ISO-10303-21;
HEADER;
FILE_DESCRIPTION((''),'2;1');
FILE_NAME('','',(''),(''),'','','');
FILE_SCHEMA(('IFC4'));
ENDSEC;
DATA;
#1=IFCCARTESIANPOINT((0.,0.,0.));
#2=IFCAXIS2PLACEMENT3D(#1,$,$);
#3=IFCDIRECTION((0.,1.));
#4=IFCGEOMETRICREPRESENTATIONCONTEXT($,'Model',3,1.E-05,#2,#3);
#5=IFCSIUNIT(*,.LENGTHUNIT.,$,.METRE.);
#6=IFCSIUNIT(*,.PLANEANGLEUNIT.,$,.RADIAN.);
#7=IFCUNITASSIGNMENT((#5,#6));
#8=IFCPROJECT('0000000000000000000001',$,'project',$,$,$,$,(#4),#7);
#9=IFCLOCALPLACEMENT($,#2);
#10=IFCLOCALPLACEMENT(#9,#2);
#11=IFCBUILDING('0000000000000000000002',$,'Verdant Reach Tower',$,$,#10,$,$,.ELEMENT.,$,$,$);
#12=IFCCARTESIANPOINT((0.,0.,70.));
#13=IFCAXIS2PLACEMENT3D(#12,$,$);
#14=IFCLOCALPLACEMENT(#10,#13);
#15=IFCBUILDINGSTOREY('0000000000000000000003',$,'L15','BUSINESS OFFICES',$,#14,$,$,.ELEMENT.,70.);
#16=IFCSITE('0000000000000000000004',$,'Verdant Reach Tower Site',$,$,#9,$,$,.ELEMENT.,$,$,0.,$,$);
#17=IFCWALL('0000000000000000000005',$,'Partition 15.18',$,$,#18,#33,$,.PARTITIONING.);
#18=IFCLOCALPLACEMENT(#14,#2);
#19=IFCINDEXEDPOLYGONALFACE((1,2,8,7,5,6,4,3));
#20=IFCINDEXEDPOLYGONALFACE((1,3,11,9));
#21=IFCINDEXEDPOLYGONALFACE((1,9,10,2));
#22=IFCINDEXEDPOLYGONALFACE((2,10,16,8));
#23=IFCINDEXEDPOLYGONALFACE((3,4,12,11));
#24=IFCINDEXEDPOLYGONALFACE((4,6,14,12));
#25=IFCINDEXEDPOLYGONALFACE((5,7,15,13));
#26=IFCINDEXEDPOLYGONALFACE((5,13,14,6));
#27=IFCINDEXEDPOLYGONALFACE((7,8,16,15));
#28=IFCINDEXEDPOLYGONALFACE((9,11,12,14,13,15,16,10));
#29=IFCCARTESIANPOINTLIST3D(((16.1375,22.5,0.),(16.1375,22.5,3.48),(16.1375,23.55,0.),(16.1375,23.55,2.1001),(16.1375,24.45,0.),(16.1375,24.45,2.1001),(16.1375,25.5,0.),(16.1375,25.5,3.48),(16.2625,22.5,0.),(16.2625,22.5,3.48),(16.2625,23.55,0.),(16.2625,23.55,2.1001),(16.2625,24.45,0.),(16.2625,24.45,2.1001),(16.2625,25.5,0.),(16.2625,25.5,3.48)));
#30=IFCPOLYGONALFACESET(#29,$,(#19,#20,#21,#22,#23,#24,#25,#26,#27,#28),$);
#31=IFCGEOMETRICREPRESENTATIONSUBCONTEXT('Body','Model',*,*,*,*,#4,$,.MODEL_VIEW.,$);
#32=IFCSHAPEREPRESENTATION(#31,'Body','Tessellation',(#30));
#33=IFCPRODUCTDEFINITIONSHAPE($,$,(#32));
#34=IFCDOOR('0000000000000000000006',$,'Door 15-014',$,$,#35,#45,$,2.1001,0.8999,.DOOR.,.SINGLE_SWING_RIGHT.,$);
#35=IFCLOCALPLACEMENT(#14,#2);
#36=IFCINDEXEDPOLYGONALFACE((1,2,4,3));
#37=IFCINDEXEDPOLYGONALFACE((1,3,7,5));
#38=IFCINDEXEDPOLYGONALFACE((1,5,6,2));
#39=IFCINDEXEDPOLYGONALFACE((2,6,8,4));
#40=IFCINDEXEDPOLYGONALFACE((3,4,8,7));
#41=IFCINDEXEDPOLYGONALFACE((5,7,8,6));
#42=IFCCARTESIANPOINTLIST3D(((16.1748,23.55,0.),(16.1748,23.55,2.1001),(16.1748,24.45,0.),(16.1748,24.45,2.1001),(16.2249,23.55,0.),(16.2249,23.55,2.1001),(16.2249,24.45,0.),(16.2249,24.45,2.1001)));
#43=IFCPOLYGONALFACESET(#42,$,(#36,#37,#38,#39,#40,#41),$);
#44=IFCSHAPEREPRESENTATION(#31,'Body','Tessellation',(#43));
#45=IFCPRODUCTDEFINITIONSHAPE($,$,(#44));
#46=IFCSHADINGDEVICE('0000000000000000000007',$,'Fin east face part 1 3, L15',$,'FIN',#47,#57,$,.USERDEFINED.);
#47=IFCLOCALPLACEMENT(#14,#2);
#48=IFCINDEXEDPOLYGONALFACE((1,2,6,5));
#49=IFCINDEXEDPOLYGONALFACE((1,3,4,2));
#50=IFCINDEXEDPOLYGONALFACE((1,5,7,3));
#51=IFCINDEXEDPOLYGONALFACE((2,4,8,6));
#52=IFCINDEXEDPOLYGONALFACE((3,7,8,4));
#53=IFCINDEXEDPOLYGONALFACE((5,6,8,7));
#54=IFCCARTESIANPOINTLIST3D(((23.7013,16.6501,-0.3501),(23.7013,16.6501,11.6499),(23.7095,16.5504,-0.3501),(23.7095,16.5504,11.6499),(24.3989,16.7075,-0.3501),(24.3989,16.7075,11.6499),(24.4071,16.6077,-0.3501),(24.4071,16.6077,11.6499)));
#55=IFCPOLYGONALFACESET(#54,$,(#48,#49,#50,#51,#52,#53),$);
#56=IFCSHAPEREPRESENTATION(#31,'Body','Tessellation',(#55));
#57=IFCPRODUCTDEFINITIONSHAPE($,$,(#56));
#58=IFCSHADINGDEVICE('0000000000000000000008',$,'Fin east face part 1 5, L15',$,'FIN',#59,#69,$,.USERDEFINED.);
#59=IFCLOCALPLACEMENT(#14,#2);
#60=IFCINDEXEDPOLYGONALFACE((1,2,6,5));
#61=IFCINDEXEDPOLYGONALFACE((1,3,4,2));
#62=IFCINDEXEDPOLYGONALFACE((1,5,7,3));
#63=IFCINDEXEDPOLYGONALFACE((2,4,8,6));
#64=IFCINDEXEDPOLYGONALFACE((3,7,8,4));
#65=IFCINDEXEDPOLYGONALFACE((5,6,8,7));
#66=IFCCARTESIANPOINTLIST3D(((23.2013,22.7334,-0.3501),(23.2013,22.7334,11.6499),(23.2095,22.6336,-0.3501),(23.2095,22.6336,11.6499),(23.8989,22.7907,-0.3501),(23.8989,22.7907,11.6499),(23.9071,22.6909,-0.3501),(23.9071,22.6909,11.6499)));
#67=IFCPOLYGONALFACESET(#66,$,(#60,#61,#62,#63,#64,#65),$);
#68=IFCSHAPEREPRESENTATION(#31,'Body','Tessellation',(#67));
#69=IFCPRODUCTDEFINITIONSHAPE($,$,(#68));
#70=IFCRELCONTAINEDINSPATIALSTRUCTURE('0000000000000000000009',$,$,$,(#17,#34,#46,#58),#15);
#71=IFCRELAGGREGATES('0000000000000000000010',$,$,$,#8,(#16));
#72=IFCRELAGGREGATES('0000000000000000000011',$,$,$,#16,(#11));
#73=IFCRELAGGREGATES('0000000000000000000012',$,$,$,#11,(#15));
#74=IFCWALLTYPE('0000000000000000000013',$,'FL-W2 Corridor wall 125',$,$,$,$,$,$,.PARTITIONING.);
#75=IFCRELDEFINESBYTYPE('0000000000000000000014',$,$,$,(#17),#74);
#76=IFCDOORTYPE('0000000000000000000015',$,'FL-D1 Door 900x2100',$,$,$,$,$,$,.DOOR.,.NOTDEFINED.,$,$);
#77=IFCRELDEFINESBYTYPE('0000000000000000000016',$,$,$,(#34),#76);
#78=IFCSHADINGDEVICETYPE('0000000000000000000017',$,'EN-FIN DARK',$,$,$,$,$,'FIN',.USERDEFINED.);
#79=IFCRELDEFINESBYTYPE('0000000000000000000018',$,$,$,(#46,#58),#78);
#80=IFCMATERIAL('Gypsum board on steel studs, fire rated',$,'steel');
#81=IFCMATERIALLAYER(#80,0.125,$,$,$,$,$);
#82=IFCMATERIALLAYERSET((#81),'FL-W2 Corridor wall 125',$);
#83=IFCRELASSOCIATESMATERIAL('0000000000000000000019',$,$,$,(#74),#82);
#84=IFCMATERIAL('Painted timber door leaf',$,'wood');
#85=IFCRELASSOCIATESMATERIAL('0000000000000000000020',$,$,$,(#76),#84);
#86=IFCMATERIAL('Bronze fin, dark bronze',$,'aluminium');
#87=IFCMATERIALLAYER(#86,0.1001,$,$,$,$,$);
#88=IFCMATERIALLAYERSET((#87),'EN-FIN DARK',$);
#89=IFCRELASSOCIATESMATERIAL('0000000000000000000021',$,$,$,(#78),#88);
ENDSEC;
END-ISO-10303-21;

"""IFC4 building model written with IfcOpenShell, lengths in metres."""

from ifc_helpers import new_model, si_unit, direction, frame, frame_2d, origin, origin_2d, place, context, subcontext, project, spatial, rectangle, extrude, material, layer, layer_set, type_object, element, fill, save


model = new_model("IFC4")

# Units and contexts
model_context = context("Model", 3, precision=1e-05, world=origin(), true_north=direction((0.0, 1.0)))
body_context = subcontext(model_context, "Body", "Model", "MODEL_VIEW")
ifc_project = project(units=[si_unit("LENGTHUNIT", "METRE"), si_unit("PLANEANGLEUNIT", "RADIAN")], contexts=[model_context])

# Site, building, storey
site_placement = place(None, origin())
site = spatial("IfcSite", under=ifc_project, at=site_placement, Name="Verdant Reach Tower Site", CompositionType="ELEMENT", RefElevation=0.0)
building_placement = place(site_placement, origin())
building = spatial("IfcBuilding", under=site, at=building_placement, Name="Verdant Reach Tower", CompositionType="ELEMENT")
storey_placement = place(building_placement, frame((0.0, 0.0, 70.0)))
storey = spatial("IfcBuildingStorey", under=building, at=storey_placement, Name="L15", Description="BUSINESS OFFICES", CompositionType="ELEMENT", Elevation=70.0)

# Wall, opening, door
ifc_material_1 = material(Name="Gypsum board on steel studs, fire rated", Category="steel")
ifc_layer_1 = layer(ifc_material_1, 0.125)
ifc_layer_set_1 = layer_set([ifc_layer_1], Name="FL-W2 Corridor wall 125")
wall_type_1 = type_object("IfcWallType", Name="FL-W2 Corridor wall 125", PredefinedType="PARTITIONING", material=ifc_layer_set_1)
ifc_material_2 = material(Name="Painted timber door leaf", Category="wood")
door_type = type_object("IfcDoorType", Name="FL-D1 Door 900x2100", OperationType="NOTDEFINED", PredefinedType="DOOR", material=ifc_material_2)
wall_1_placement = place(storey_placement, frame((16.2, 25.5, 0.0), z_axis=(0.0, 0.0, 1.0), x_axis=(0.0, -1.0, 0.0)))
wall_1 = element("IfcWall", 1, at=wall_1_placement, inside=storey, type_object=wall_type_1, Name="Partition 15.18", PredefinedType="PARTITIONING", context=body_context, shape_type="SweptSolid", body=[
    extrude(rectangle(XDim=3.0, YDim=0.125, at=frame_2d((1.5, 0.0))), origin(), (0.0, 0.0, 1.0), 3.48),
])
opening_1_placement = place(wall_1_placement, frame((1.05, 0.0, 0.0)))
opening_1 = element("IfcOpeningElement", 2, at=opening_1_placement, cuts=wall_1, PredefinedType="OPENING", context=body_context, shape_type="SweptSolid", body=[
    extrude(rectangle(XDim=0.8999, YDim=2.1001, at=frame_2d((0.45, 1.05))), frame((0.0, 0.0725, 0.0), z_axis=(0.0, -1.0, 0.0), x_axis=(1.0, 0.0, 0.0)), (0.0, 0.0, 1.0), 0.145),
])
door_1_placement = place(opening_1_placement, origin())
door_1 = element("IfcDoor", 3, at=door_1_placement, inside=storey, type_object=door_type, Name="Door 15-014", OperationType="SINGLE_SWING_RIGHT", OverallHeight=2.1001, OverallWidth=0.8999, PredefinedType="DOOR", context=body_context, shape_type="SweptSolid", body=[
    extrude(rectangle(XDim=0.8999, YDim=2.1001, at=frame_2d((0.45, 1.05))), frame((0.0, 0.0249, 0.0), z_axis=(0.0, -1.0, 0.0), x_axis=(1.0, 0.0, 0.0)), (0.0, 0.0, 1.0), 0.05),
])
fill(opening_1, door_1)

# Shading devices
ifc_material_3 = material(Name="Bronze fin, dark bronze", Category="aluminium")
ifc_layer_2 = layer(ifc_material_3, 0.1001)
ifc_layer_set_2 = layer_set([ifc_layer_2], Name="EN-FIN DARK")
shading_device_type = type_object("IfcShadingDeviceType", Name="EN-FIN DARK", ElementType="FIN", PredefinedType="USERDEFINED", material=ifc_layer_set_2)
for number, where, z_axis, x_axis, name in (
    (4, (24.0542, 16.6289, -0.3501), (0.0, 0.0, 1.0), (-0.081916, 0.996639, 0.0), "Fin east face part 1 3, L15"),
    (5, (23.5542, 22.7122, -0.3501), (0.0, 0.0, 1.0), (-0.081916, 0.996639, 0.0), "Fin east face part 1 5, L15"),
):
    element("IfcShadingDevice", number, at=place(storey_placement, frame(where, z_axis=z_axis, x_axis=x_axis)), inside=storey, type_object=shading_device_type, Name=name, ObjectType="FIN", PredefinedType="USERDEFINED", context=body_context, shape_type="SweptSolid", body=[
        extrude(rectangle(XDim=0.1001, YDim=0.7, at=origin_2d()), origin(), (0.0, 0.0, 1.0), 12.0),
    ])

save(model, "model.ifc")
